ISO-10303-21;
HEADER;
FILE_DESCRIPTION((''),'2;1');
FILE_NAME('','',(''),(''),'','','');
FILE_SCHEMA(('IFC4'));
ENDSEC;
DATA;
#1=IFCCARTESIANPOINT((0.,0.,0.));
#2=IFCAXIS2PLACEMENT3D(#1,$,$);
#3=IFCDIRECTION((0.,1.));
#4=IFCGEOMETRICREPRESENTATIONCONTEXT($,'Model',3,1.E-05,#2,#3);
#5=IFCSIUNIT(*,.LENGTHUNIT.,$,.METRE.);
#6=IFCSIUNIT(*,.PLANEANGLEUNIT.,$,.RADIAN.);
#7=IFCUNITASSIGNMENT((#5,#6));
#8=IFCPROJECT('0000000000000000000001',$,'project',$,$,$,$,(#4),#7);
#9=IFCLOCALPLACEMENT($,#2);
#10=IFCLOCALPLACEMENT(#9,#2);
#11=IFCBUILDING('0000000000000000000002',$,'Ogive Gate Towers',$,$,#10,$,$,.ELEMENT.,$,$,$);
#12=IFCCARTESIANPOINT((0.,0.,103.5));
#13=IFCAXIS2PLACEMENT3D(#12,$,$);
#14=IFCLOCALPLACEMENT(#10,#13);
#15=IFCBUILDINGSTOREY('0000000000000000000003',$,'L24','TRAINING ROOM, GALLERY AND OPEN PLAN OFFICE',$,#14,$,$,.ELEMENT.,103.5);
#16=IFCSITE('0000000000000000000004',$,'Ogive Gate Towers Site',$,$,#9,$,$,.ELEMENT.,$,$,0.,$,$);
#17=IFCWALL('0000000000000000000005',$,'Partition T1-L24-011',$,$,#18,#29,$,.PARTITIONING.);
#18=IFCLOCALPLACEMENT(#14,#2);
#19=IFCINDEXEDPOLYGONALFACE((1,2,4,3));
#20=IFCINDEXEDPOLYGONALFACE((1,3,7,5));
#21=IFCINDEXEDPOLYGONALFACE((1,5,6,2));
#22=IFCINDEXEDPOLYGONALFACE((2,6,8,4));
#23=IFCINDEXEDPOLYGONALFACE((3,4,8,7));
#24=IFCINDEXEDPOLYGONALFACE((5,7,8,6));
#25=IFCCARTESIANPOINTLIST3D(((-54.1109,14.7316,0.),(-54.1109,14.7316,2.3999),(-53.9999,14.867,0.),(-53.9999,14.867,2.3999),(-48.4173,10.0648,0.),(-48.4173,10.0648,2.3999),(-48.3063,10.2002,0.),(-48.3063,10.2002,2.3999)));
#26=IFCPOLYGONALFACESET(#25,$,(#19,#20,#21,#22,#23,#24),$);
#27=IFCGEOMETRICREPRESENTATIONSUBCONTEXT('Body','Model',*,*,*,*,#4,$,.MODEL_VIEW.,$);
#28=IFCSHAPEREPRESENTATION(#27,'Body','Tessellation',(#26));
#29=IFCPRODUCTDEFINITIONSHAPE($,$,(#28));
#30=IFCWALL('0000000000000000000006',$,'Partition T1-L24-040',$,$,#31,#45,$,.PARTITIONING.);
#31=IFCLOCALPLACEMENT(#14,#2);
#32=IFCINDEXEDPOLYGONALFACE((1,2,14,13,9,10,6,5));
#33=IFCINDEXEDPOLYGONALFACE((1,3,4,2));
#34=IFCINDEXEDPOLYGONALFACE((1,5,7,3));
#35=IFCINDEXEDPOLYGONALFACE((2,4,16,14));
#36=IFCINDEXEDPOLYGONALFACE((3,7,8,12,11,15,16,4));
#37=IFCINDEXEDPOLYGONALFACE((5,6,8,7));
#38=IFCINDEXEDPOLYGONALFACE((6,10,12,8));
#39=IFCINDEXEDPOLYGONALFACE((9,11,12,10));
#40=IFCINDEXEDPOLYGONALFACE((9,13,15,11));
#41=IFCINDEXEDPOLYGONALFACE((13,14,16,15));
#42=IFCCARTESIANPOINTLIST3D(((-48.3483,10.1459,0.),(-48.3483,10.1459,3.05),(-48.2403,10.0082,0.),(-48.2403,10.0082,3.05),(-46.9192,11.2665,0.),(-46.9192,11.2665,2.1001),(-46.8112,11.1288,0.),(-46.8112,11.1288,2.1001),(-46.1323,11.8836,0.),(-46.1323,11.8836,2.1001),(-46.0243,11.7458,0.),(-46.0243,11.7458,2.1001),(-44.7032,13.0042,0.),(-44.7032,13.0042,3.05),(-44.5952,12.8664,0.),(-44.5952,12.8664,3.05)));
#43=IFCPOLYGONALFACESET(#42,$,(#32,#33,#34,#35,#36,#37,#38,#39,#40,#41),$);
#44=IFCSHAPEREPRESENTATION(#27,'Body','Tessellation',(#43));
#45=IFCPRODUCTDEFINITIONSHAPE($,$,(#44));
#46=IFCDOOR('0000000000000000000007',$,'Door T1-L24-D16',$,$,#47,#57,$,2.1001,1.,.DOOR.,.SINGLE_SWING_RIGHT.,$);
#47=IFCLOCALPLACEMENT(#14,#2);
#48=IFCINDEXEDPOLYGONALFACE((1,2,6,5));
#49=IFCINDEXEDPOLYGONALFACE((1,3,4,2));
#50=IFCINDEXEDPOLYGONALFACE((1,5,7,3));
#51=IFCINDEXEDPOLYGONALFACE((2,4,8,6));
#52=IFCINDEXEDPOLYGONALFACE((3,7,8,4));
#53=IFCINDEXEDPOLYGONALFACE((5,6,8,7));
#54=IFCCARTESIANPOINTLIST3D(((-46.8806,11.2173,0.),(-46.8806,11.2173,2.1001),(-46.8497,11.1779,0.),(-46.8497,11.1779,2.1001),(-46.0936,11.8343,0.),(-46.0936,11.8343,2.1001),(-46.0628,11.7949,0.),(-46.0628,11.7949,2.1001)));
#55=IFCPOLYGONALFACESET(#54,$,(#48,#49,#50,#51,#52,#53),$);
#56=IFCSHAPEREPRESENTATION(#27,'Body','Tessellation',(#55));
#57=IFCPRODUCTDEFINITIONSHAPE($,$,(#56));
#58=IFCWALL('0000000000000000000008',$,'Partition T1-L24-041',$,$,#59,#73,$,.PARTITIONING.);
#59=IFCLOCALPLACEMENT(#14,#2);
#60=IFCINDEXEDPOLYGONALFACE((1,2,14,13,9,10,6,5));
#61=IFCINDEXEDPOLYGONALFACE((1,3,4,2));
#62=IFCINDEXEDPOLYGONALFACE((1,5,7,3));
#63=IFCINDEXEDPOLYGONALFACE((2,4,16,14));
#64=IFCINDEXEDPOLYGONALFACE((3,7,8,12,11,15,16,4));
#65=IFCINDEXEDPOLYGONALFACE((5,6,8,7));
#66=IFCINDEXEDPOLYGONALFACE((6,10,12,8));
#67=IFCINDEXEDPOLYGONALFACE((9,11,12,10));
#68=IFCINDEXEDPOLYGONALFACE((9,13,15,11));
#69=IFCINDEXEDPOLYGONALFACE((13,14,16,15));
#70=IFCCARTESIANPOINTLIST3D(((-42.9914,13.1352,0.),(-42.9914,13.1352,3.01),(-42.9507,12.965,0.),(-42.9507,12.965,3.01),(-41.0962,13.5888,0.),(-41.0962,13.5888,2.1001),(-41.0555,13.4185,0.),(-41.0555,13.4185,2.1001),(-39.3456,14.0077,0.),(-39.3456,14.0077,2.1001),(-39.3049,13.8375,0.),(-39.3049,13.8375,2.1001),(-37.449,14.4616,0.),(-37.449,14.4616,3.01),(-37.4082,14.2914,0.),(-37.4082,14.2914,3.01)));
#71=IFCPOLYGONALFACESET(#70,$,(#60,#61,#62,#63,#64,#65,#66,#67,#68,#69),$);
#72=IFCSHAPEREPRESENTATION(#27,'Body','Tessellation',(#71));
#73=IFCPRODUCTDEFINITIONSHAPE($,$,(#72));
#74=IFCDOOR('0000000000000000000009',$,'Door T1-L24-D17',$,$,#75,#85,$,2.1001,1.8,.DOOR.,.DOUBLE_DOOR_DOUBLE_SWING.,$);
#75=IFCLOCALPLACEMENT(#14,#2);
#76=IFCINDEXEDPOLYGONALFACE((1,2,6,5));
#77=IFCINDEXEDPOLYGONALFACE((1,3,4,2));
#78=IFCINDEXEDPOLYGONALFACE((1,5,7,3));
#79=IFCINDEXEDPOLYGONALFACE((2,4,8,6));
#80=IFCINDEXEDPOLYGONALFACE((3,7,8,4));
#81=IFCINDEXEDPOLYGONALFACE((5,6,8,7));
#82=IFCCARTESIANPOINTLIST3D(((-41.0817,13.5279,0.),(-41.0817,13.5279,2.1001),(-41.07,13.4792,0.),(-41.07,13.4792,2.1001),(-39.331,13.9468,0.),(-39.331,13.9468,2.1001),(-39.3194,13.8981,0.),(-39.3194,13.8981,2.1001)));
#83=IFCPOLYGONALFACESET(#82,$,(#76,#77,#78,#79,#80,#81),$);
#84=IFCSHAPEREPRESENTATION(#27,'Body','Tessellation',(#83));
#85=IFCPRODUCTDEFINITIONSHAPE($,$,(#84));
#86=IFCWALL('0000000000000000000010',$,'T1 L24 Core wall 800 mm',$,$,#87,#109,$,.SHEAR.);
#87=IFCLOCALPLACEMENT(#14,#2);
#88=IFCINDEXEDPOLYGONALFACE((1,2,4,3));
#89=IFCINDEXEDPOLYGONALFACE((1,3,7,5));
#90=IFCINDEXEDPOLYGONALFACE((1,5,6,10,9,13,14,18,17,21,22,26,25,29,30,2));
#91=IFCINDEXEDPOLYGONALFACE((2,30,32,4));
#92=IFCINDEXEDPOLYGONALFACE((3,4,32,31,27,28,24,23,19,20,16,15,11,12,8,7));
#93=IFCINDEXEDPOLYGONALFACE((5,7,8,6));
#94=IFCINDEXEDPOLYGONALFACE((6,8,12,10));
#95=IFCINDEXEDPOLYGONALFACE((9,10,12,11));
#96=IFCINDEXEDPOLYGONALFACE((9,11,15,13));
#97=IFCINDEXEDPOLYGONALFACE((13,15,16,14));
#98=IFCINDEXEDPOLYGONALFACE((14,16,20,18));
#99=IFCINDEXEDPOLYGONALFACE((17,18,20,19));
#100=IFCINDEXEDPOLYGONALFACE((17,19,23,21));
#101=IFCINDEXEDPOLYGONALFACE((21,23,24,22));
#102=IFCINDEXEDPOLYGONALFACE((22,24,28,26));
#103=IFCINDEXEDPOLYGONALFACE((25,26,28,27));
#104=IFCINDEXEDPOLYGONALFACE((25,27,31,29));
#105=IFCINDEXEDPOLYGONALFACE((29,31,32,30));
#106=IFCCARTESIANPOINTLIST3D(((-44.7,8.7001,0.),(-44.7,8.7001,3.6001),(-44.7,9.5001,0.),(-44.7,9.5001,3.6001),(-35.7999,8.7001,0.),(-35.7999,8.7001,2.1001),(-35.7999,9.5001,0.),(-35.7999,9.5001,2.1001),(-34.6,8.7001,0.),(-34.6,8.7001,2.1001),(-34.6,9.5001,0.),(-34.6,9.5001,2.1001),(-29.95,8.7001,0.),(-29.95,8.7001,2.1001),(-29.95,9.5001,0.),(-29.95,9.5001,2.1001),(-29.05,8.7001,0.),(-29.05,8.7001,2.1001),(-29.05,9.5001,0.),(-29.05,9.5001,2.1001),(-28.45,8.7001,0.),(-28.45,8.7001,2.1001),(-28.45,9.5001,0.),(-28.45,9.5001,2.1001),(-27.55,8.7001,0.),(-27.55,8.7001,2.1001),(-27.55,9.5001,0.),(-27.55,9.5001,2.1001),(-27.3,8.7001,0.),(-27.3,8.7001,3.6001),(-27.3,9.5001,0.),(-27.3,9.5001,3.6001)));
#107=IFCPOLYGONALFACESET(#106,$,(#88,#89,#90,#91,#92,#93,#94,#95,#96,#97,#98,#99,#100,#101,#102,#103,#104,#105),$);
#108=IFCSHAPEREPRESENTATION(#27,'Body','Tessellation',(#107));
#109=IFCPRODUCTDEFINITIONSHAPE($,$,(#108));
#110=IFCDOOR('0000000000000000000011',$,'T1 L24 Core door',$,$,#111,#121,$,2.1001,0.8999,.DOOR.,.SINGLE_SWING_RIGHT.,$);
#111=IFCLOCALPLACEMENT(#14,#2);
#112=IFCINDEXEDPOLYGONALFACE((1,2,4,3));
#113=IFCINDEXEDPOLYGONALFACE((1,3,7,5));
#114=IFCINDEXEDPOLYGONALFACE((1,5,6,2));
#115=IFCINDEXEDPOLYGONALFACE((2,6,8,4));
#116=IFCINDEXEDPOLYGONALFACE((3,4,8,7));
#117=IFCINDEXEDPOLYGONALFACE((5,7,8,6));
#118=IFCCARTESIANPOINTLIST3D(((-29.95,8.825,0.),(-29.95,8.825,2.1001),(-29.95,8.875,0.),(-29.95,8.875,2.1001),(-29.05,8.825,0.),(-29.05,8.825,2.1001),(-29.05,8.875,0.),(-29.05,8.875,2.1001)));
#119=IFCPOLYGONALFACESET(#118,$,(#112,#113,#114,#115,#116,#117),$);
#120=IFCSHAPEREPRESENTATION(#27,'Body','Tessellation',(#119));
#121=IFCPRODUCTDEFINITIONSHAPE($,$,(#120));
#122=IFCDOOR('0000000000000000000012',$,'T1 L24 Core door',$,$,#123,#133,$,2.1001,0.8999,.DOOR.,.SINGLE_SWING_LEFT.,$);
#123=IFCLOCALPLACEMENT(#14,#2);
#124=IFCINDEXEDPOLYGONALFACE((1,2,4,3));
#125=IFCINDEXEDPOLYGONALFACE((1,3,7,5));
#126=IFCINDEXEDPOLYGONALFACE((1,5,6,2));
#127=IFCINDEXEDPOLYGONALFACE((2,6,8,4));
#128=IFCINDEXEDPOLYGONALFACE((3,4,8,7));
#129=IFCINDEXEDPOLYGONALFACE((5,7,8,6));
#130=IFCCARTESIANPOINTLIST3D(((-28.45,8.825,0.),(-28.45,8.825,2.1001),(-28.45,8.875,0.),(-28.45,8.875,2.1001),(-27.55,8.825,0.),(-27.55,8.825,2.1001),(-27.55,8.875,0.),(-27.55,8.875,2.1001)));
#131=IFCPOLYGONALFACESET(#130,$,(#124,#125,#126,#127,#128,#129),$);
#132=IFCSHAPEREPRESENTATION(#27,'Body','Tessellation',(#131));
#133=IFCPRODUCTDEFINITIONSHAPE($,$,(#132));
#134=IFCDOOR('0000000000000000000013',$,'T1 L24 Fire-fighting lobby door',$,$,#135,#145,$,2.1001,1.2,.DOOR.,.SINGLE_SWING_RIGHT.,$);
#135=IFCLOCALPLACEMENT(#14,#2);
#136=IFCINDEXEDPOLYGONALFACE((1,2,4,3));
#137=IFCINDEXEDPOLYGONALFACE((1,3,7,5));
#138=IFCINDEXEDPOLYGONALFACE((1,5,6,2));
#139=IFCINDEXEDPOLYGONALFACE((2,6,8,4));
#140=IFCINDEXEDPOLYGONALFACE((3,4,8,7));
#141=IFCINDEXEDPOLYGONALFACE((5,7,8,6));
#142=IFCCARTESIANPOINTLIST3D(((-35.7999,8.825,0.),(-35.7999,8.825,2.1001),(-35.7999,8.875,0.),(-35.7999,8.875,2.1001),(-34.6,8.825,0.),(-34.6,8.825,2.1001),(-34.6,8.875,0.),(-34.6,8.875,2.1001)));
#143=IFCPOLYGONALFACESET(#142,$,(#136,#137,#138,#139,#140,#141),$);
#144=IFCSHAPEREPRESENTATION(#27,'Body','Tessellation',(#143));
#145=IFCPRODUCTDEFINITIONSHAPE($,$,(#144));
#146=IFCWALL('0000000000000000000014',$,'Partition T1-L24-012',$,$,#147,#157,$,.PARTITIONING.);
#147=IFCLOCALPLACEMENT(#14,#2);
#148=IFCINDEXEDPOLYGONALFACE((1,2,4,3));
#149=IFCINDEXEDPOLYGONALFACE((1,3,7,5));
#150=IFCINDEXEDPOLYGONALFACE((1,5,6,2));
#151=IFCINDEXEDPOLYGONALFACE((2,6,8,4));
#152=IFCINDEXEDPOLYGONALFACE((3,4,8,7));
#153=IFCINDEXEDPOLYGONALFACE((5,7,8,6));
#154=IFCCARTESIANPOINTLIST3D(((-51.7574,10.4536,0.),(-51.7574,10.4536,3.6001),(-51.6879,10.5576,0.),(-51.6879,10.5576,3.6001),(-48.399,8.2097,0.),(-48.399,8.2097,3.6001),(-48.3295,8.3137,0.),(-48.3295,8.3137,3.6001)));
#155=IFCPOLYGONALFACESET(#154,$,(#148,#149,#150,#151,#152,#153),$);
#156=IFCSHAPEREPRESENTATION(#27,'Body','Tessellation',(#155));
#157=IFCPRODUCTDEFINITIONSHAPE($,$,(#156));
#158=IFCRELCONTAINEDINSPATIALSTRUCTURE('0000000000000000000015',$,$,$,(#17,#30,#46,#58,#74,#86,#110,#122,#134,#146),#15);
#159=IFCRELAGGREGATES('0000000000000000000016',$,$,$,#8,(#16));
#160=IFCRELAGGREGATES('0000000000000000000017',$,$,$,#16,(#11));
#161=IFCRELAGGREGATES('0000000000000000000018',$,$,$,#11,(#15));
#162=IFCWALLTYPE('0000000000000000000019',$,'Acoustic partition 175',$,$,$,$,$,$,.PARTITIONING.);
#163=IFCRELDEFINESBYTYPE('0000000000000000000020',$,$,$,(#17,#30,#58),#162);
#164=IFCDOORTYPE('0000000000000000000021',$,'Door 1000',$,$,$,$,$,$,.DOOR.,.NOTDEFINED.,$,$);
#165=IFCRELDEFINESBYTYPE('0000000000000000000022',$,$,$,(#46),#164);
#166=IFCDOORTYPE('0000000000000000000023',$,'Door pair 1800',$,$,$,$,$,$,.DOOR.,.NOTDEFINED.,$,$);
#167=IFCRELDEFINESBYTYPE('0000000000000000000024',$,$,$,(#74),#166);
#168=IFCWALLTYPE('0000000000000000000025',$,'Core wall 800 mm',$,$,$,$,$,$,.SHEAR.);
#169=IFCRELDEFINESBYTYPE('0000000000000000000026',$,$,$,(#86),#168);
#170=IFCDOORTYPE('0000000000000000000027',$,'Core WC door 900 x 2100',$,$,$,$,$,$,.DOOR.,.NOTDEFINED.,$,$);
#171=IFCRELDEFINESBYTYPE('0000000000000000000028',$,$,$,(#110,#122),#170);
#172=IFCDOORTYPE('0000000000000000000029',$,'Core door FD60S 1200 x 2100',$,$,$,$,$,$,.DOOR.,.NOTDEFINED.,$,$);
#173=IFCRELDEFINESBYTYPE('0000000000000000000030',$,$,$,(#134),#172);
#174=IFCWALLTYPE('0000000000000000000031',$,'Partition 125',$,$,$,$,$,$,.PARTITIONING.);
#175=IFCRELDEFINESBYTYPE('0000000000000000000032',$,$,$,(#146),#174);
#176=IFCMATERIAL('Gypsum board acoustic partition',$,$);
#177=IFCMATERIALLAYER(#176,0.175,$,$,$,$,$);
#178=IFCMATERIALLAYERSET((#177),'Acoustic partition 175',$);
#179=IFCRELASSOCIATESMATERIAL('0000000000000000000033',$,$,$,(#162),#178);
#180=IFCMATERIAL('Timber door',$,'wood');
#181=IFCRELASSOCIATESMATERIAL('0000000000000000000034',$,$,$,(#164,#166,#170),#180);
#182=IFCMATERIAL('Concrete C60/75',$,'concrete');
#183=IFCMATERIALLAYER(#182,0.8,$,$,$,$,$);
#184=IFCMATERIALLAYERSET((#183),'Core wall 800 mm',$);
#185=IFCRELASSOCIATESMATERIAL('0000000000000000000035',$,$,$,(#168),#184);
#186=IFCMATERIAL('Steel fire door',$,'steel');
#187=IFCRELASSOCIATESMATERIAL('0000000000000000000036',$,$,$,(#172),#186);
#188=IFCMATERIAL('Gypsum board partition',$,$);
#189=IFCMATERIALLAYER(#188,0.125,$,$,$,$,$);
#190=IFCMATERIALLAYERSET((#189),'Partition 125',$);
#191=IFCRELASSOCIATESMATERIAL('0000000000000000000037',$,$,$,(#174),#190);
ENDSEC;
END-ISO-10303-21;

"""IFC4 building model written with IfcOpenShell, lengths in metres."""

from ifc_helpers import new_model, si_unit, direction, frame, frame_2d, origin, place, context, subcontext, project, spatial, rectangle, extrude, material, layer, layer_set, type_object, element, fill, save


model = new_model("IFC4")

# Units and contexts
model_context = context("Model", 3, precision=1e-05, world=origin(), true_north=direction((0.0, 1.0)))
body_context = subcontext(model_context, "Body", "Model", "MODEL_VIEW")
ifc_project = project(units=[si_unit("LENGTHUNIT", "METRE"), si_unit("PLANEANGLEUNIT", "RADIAN")], contexts=[model_context])

# Site, building, storey
site_placement = place(None, origin())
site = spatial("IfcSite", under=ifc_project, at=site_placement, Name="Ogive Gate Towers Site", CompositionType="ELEMENT", RefElevation=0.0)
building_placement = place(site_placement, origin())
building = spatial("IfcBuilding", under=site, at=building_placement, Name="Ogive Gate Towers", CompositionType="ELEMENT")
storey_placement = place(building_placement, frame((0.0, 0.0, 103.5)))
storey = spatial("IfcBuildingStorey", under=building, at=storey_placement, Name="L24", Description="TRAINING ROOM, GALLERY AND OPEN PLAN OFFICE", CompositionType="ELEMENT", Elevation=103.5)

# Wall
ifc_material_1 = material(Name="Gypsum board acoustic partition")
ifc_layer_1 = layer(ifc_material_1, 0.175)
ifc_layer_set_1 = layer_set([ifc_layer_1], Name="Acoustic partition 175")
wall_type_1 = type_object("IfcWallType", Name="Acoustic partition 175", PredefinedType="PARTITIONING", material=ifc_layer_set_1)
wall_1_placement = place(storey_placement, frame((-54.0554, 14.7993, 0.0), z_axis=(0.0, 0.0, 1.0), x_axis=(0.773401, -0.633917, 0.0)))
element("IfcWall", 1, at=wall_1_placement, inside=storey, type_object=wall_type_1, Name="Partition T1-L24-011", PredefinedType="PARTITIONING", context=body_context, shape_type="SweptSolid", body=[
    extrude(rectangle(XDim=7.3618, YDim=0.175, at=frame_2d((3.6809, 0.0))), origin(), (0.0, 0.0, 1.0), 2.3999),
])

# Walls, openings, doors
wall_2_placement = place(storey_placement, frame((-48.2942, 10.0771, 0.0), z_axis=(0.0, 0.0, 1.0), x_axis=(0.786925, 0.617048, 0.0)))
wall_2 = element("IfcWall", 2, at=wall_2_placement, inside=storey, type_object=wall_type_1, Name="Partition T1-L24-040", PredefinedType="PARTITIONING", context=body_context, shape_type="SweptSolid", body=[
    extrude(rectangle(XDim=4.6321, YDim=0.175, at=frame_2d((2.3159, 0.0))), origin(), (0.0, 0.0, 1.0), 3.05),
])
opening_1_placement = place(wall_2_placement, frame((1.8159, 0.0, 0.0)))
opening_1 = element("IfcOpeningElement", 3, at=opening_1_placement, cuts=wall_2, PredefinedType="OPENING", context=body_context, shape_type="SweptSolid", body=[
    extrude(rectangle(XDim=1.0, YDim=2.1001, at=frame_2d((0.5, 1.05))), frame((0.0, 0.0977, 0.0), z_axis=(0.0, -1.0, 0.0), x_axis=(1.0, 0.0, 0.0)), (0.0, 0.0, 1.0), 0.1951),
])
ifc_material_2 = material(Name="Timber door", Category="wood")
door_type_1 = type_object("IfcDoorType", Name="Door 1000", OperationType="NOTDEFINED", PredefinedType="DOOR", material=ifc_material_2)
door_1_placement = place(opening_1_placement, origin())
door_1 = element("IfcDoor", 4, at=door_1_placement, inside=storey, type_object=door_type_1, Name="Door T1-L24-D16", OperationType="SINGLE_SWING_RIGHT", OverallHeight=2.1001, OverallWidth=1.0, PredefinedType="DOOR", context=body_context, shape_type="SweptSolid", body=[
    extrude(rectangle(XDim=1.0, YDim=2.1001, at=frame_2d((0.5, 1.05))), frame((0.0, 0.0249, 0.0), z_axis=(0.0, -1.0, 0.0), x_axis=(1.0, 0.0, 0.0)), (0.0, 0.0, 1.0), 0.05),
])
fill(opening_1, door_1)
wall_3_placement = place(storey_placement, frame((-42.9712, 13.05, 0.0), z_axis=(0.0, 0.0, 1.0), x_axis=(0.972538, 0.232746, 0.0)))
wall_3 = element("IfcWall", 5, at=wall_3_placement, inside=storey, type_object=wall_type_1, Name="Partition T1-L24-041", PredefinedType="PARTITIONING", context=body_context, shape_type="SweptSolid", body=[
    extrude(rectangle(XDim=5.699, YDim=0.175, at=frame_2d((2.8496, 0.0))), origin(), (0.0, 0.0, 1.0), 3.01),
])
opening_2_placement = place(wall_3_placement, frame((1.949, 0.0, 0.0)))
opening_2 = element("IfcOpeningElement", 6, at=opening_2_placement, cuts=wall_3, PredefinedType="OPENING", context=body_context, shape_type="SweptSolid", body=[
    extrude(rectangle(XDim=1.8, YDim=2.1001, at=frame_2d((0.8999, 1.05))), frame((0.0, 0.0977, 0.0), z_axis=(0.0, -1.0, 0.0), x_axis=(1.0, 0.0, 0.0)), (0.0, 0.0, 1.0), 0.1951),
])
door_type_2 = type_object("IfcDoorType", Name="Door pair 1800", OperationType="NOTDEFINED", PredefinedType="DOOR", material=ifc_material_2)
door_2_placement = place(opening_2_placement, origin())
door_2 = element("IfcDoor", 7, at=door_2_placement, inside=storey, type_object=door_type_2, Name="Door T1-L24-D17", OperationType="DOUBLE_DOOR_DOUBLE_SWING", OverallHeight=2.1001, OverallWidth=1.8, PredefinedType="DOOR", context=body_context, shape_type="SweptSolid", body=[
    extrude(rectangle(XDim=1.8, YDim=2.1001, at=frame_2d((0.8999, 1.05))), frame((0.0, 0.0249, 0.0), z_axis=(0.0, -1.0, 0.0), x_axis=(1.0, 0.0, 0.0)), (0.0, 0.0, 1.0), 0.05),
])
fill(opening_2, door_2)

# Wall, openings, doors
ifc_material_3 = material(Name="Concrete C60/75", Category="concrete")
ifc_layer_2 = layer(ifc_material_3, 0.8)
ifc_layer_set_2 = layer_set([ifc_layer_2], Name="Core wall 800 mm")
wall_type_2 = type_object("IfcWallType", Name="Core wall 800 mm", PredefinedType="SHEAR", material=ifc_layer_set_2)
wall_4_placement = place(storey_placement, frame((-44.7, 9.1001, 0.0), z_axis=(0.0, 0.0, 1.0), x_axis=(1.0, 0.0, 0.0)))
wall_4 = element("IfcWall", 8, at=wall_4_placement, inside=storey, type_object=wall_type_2, Name="T1 L24 Core wall 800 mm", PredefinedType="SHEAR", context=body_context, shape_type="SweptSolid", body=[
    extrude(rectangle(XDim=17.3999, YDim=0.8, at=frame_2d((8.7, 0.0))), origin(), (0.0, 0.0, 1.0), 3.6001),
])
opening_3_placement = place(wall_4_placement, frame((8.8999, 0.0, 0.0)))
opening_3 = element("IfcOpeningElement", 9, at=opening_3_placement, cuts=wall_4, PredefinedType="OPENING", context=body_context, shape_type="SweptSolid", body=[
    extrude(rectangle(XDim=1.2, YDim=2.1001, at=frame_2d((0.6001, 1.05))), frame((0.0, 0.4102, 0.0), z_axis=(0.0, -1.0, 0.0), x_axis=(1.0, 0.0, 0.0)), (0.0, 0.0, 1.0), 0.8201),
])
opening_4_placement = place(wall_4_placement, frame((14.75, 0.0, 0.0)))
opening_4 = element("IfcOpeningElement", 10, at=opening_4_placement, cuts=wall_4, PredefinedType="OPENING", context=body_context, shape_type="SweptSolid", body=[
    extrude(rectangle(XDim=0.8999, YDim=2.1001, at=frame_2d((0.45, 1.05))), frame((0.0, 0.4102, 0.0), z_axis=(0.0, -1.0, 0.0), x_axis=(1.0, 0.0, 0.0)), (0.0, 0.0, 1.0), 0.8201),
])
opening_5_placement = place(wall_4_placement, frame((16.25, 0.0, 0.0)))
opening_5 = element("IfcOpeningElement", 11, at=opening_5_placement, cuts=wall_4, PredefinedType="OPENING", context=body_context, shape_type="SweptSolid", body=[
    extrude(rectangle(XDim=0.8999, YDim=2.1001, at=frame_2d((0.45, 1.05))), frame((0.0, 0.4102, 0.0), z_axis=(0.0, -1.0, 0.0), x_axis=(1.0, 0.0, 0.0)), (0.0, 0.0, 1.0), 0.8201),
])
door_type_3 = type_object("IfcDoorType", Name="Core WC door 900 x 2100", OperationType="NOTDEFINED", PredefinedType="DOOR", material=ifc_material_2)
door_3_placement = place(opening_4_placement, origin())
door_3 = element("IfcDoor", 12, at=door_3_placement, inside=storey, type_object=door_type_3, Name="T1 L24 Core door", OperationType="SINGLE_SWING_RIGHT", OverallHeight=2.1001, OverallWidth=0.8999, PredefinedType="DOOR", context=body_context, shape_type="SweptSolid", body=[
    extrude(rectangle(XDim=0.8999, YDim=2.1001, at=frame_2d((0.45, 1.05))), frame((0.0, -0.2251, 0.0), z_axis=(0.0, -1.0, 0.0), x_axis=(1.0, 0.0, 0.0)), (0.0, 0.0, 1.0), 0.05),
])
fill(opening_4, door_3)
door_4_placement = place(opening_5_placement, origin())
door_4 = element("IfcDoor", 13, at=door_4_placement, inside=storey, type_object=door_type_3, Name="T1 L24 Core door", OperationType="SINGLE_SWING_LEFT", OverallHeight=2.1001, OverallWidth=0.8999, PredefinedType="DOOR", context=body_context, shape_type="SweptSolid", body=[
    extrude(rectangle(XDim=0.8999, YDim=2.1001, at=frame_2d((0.45, 1.05))), frame((0.0, -0.2251, 0.0), z_axis=(0.0, -1.0, 0.0), x_axis=(1.0, 0.0, 0.0)), (0.0, 0.0, 1.0), 0.05),
])
fill(opening_5, door_4)
ifc_material_4 = material(Name="Steel fire door", Category="steel")
door_type_4 = type_object("IfcDoorType", Name="Core door FD60S 1200 x 2100", OperationType="NOTDEFINED", PredefinedType="DOOR", material=ifc_material_4)
door_5_placement = place(opening_3_placement, origin())
door_5 = element("IfcDoor", 14, at=door_5_placement, inside=storey, type_object=door_type_4, Name="T1 L24 Fire-fighting lobby door", OperationType="SINGLE_SWING_RIGHT", OverallHeight=2.1001, OverallWidth=1.2, PredefinedType="DOOR", context=body_context, shape_type="SweptSolid", body=[
    extrude(rectangle(XDim=1.2, YDim=2.1001, at=frame_2d((0.6001, 1.05))), frame((0.0, -0.2251, 0.0), z_axis=(0.0, -1.0, 0.0), x_axis=(1.0, 0.0, 0.0)), (0.0, 0.0, 1.0), 0.05),
])
fill(opening_3, door_5)

# Wall
ifc_material_5 = material(Name="Gypsum board partition")
ifc_layer_3 = layer(ifc_material_5, 0.125)
ifc_layer_set_3 = layer_set([ifc_layer_3], Name="Partition 125")
wall_type_3 = type_object("IfcWallType", Name="Partition 125", PredefinedType="PARTITIONING", material=ifc_layer_set_3)
wall_5_placement = place(storey_placement, frame((-51.7227, 10.5056, 0.0), z_axis=(0.0, 0.0, 1.0), x_axis=(0.831483, -0.555551, 0.0)))
element("IfcWall", 15, at=wall_5_placement, inside=storey, type_object=wall_type_3, Name="Partition T1-L24-012", PredefinedType="PARTITIONING", context=body_context, shape_type="SweptSolid", body=[
    extrude(rectangle(XDim=4.0391, YDim=0.125, at=frame_2d((2.0195, 0.0))), origin(), (0.0, 0.0, 1.0), 3.6001),
])

save(model, "model.ifc")
